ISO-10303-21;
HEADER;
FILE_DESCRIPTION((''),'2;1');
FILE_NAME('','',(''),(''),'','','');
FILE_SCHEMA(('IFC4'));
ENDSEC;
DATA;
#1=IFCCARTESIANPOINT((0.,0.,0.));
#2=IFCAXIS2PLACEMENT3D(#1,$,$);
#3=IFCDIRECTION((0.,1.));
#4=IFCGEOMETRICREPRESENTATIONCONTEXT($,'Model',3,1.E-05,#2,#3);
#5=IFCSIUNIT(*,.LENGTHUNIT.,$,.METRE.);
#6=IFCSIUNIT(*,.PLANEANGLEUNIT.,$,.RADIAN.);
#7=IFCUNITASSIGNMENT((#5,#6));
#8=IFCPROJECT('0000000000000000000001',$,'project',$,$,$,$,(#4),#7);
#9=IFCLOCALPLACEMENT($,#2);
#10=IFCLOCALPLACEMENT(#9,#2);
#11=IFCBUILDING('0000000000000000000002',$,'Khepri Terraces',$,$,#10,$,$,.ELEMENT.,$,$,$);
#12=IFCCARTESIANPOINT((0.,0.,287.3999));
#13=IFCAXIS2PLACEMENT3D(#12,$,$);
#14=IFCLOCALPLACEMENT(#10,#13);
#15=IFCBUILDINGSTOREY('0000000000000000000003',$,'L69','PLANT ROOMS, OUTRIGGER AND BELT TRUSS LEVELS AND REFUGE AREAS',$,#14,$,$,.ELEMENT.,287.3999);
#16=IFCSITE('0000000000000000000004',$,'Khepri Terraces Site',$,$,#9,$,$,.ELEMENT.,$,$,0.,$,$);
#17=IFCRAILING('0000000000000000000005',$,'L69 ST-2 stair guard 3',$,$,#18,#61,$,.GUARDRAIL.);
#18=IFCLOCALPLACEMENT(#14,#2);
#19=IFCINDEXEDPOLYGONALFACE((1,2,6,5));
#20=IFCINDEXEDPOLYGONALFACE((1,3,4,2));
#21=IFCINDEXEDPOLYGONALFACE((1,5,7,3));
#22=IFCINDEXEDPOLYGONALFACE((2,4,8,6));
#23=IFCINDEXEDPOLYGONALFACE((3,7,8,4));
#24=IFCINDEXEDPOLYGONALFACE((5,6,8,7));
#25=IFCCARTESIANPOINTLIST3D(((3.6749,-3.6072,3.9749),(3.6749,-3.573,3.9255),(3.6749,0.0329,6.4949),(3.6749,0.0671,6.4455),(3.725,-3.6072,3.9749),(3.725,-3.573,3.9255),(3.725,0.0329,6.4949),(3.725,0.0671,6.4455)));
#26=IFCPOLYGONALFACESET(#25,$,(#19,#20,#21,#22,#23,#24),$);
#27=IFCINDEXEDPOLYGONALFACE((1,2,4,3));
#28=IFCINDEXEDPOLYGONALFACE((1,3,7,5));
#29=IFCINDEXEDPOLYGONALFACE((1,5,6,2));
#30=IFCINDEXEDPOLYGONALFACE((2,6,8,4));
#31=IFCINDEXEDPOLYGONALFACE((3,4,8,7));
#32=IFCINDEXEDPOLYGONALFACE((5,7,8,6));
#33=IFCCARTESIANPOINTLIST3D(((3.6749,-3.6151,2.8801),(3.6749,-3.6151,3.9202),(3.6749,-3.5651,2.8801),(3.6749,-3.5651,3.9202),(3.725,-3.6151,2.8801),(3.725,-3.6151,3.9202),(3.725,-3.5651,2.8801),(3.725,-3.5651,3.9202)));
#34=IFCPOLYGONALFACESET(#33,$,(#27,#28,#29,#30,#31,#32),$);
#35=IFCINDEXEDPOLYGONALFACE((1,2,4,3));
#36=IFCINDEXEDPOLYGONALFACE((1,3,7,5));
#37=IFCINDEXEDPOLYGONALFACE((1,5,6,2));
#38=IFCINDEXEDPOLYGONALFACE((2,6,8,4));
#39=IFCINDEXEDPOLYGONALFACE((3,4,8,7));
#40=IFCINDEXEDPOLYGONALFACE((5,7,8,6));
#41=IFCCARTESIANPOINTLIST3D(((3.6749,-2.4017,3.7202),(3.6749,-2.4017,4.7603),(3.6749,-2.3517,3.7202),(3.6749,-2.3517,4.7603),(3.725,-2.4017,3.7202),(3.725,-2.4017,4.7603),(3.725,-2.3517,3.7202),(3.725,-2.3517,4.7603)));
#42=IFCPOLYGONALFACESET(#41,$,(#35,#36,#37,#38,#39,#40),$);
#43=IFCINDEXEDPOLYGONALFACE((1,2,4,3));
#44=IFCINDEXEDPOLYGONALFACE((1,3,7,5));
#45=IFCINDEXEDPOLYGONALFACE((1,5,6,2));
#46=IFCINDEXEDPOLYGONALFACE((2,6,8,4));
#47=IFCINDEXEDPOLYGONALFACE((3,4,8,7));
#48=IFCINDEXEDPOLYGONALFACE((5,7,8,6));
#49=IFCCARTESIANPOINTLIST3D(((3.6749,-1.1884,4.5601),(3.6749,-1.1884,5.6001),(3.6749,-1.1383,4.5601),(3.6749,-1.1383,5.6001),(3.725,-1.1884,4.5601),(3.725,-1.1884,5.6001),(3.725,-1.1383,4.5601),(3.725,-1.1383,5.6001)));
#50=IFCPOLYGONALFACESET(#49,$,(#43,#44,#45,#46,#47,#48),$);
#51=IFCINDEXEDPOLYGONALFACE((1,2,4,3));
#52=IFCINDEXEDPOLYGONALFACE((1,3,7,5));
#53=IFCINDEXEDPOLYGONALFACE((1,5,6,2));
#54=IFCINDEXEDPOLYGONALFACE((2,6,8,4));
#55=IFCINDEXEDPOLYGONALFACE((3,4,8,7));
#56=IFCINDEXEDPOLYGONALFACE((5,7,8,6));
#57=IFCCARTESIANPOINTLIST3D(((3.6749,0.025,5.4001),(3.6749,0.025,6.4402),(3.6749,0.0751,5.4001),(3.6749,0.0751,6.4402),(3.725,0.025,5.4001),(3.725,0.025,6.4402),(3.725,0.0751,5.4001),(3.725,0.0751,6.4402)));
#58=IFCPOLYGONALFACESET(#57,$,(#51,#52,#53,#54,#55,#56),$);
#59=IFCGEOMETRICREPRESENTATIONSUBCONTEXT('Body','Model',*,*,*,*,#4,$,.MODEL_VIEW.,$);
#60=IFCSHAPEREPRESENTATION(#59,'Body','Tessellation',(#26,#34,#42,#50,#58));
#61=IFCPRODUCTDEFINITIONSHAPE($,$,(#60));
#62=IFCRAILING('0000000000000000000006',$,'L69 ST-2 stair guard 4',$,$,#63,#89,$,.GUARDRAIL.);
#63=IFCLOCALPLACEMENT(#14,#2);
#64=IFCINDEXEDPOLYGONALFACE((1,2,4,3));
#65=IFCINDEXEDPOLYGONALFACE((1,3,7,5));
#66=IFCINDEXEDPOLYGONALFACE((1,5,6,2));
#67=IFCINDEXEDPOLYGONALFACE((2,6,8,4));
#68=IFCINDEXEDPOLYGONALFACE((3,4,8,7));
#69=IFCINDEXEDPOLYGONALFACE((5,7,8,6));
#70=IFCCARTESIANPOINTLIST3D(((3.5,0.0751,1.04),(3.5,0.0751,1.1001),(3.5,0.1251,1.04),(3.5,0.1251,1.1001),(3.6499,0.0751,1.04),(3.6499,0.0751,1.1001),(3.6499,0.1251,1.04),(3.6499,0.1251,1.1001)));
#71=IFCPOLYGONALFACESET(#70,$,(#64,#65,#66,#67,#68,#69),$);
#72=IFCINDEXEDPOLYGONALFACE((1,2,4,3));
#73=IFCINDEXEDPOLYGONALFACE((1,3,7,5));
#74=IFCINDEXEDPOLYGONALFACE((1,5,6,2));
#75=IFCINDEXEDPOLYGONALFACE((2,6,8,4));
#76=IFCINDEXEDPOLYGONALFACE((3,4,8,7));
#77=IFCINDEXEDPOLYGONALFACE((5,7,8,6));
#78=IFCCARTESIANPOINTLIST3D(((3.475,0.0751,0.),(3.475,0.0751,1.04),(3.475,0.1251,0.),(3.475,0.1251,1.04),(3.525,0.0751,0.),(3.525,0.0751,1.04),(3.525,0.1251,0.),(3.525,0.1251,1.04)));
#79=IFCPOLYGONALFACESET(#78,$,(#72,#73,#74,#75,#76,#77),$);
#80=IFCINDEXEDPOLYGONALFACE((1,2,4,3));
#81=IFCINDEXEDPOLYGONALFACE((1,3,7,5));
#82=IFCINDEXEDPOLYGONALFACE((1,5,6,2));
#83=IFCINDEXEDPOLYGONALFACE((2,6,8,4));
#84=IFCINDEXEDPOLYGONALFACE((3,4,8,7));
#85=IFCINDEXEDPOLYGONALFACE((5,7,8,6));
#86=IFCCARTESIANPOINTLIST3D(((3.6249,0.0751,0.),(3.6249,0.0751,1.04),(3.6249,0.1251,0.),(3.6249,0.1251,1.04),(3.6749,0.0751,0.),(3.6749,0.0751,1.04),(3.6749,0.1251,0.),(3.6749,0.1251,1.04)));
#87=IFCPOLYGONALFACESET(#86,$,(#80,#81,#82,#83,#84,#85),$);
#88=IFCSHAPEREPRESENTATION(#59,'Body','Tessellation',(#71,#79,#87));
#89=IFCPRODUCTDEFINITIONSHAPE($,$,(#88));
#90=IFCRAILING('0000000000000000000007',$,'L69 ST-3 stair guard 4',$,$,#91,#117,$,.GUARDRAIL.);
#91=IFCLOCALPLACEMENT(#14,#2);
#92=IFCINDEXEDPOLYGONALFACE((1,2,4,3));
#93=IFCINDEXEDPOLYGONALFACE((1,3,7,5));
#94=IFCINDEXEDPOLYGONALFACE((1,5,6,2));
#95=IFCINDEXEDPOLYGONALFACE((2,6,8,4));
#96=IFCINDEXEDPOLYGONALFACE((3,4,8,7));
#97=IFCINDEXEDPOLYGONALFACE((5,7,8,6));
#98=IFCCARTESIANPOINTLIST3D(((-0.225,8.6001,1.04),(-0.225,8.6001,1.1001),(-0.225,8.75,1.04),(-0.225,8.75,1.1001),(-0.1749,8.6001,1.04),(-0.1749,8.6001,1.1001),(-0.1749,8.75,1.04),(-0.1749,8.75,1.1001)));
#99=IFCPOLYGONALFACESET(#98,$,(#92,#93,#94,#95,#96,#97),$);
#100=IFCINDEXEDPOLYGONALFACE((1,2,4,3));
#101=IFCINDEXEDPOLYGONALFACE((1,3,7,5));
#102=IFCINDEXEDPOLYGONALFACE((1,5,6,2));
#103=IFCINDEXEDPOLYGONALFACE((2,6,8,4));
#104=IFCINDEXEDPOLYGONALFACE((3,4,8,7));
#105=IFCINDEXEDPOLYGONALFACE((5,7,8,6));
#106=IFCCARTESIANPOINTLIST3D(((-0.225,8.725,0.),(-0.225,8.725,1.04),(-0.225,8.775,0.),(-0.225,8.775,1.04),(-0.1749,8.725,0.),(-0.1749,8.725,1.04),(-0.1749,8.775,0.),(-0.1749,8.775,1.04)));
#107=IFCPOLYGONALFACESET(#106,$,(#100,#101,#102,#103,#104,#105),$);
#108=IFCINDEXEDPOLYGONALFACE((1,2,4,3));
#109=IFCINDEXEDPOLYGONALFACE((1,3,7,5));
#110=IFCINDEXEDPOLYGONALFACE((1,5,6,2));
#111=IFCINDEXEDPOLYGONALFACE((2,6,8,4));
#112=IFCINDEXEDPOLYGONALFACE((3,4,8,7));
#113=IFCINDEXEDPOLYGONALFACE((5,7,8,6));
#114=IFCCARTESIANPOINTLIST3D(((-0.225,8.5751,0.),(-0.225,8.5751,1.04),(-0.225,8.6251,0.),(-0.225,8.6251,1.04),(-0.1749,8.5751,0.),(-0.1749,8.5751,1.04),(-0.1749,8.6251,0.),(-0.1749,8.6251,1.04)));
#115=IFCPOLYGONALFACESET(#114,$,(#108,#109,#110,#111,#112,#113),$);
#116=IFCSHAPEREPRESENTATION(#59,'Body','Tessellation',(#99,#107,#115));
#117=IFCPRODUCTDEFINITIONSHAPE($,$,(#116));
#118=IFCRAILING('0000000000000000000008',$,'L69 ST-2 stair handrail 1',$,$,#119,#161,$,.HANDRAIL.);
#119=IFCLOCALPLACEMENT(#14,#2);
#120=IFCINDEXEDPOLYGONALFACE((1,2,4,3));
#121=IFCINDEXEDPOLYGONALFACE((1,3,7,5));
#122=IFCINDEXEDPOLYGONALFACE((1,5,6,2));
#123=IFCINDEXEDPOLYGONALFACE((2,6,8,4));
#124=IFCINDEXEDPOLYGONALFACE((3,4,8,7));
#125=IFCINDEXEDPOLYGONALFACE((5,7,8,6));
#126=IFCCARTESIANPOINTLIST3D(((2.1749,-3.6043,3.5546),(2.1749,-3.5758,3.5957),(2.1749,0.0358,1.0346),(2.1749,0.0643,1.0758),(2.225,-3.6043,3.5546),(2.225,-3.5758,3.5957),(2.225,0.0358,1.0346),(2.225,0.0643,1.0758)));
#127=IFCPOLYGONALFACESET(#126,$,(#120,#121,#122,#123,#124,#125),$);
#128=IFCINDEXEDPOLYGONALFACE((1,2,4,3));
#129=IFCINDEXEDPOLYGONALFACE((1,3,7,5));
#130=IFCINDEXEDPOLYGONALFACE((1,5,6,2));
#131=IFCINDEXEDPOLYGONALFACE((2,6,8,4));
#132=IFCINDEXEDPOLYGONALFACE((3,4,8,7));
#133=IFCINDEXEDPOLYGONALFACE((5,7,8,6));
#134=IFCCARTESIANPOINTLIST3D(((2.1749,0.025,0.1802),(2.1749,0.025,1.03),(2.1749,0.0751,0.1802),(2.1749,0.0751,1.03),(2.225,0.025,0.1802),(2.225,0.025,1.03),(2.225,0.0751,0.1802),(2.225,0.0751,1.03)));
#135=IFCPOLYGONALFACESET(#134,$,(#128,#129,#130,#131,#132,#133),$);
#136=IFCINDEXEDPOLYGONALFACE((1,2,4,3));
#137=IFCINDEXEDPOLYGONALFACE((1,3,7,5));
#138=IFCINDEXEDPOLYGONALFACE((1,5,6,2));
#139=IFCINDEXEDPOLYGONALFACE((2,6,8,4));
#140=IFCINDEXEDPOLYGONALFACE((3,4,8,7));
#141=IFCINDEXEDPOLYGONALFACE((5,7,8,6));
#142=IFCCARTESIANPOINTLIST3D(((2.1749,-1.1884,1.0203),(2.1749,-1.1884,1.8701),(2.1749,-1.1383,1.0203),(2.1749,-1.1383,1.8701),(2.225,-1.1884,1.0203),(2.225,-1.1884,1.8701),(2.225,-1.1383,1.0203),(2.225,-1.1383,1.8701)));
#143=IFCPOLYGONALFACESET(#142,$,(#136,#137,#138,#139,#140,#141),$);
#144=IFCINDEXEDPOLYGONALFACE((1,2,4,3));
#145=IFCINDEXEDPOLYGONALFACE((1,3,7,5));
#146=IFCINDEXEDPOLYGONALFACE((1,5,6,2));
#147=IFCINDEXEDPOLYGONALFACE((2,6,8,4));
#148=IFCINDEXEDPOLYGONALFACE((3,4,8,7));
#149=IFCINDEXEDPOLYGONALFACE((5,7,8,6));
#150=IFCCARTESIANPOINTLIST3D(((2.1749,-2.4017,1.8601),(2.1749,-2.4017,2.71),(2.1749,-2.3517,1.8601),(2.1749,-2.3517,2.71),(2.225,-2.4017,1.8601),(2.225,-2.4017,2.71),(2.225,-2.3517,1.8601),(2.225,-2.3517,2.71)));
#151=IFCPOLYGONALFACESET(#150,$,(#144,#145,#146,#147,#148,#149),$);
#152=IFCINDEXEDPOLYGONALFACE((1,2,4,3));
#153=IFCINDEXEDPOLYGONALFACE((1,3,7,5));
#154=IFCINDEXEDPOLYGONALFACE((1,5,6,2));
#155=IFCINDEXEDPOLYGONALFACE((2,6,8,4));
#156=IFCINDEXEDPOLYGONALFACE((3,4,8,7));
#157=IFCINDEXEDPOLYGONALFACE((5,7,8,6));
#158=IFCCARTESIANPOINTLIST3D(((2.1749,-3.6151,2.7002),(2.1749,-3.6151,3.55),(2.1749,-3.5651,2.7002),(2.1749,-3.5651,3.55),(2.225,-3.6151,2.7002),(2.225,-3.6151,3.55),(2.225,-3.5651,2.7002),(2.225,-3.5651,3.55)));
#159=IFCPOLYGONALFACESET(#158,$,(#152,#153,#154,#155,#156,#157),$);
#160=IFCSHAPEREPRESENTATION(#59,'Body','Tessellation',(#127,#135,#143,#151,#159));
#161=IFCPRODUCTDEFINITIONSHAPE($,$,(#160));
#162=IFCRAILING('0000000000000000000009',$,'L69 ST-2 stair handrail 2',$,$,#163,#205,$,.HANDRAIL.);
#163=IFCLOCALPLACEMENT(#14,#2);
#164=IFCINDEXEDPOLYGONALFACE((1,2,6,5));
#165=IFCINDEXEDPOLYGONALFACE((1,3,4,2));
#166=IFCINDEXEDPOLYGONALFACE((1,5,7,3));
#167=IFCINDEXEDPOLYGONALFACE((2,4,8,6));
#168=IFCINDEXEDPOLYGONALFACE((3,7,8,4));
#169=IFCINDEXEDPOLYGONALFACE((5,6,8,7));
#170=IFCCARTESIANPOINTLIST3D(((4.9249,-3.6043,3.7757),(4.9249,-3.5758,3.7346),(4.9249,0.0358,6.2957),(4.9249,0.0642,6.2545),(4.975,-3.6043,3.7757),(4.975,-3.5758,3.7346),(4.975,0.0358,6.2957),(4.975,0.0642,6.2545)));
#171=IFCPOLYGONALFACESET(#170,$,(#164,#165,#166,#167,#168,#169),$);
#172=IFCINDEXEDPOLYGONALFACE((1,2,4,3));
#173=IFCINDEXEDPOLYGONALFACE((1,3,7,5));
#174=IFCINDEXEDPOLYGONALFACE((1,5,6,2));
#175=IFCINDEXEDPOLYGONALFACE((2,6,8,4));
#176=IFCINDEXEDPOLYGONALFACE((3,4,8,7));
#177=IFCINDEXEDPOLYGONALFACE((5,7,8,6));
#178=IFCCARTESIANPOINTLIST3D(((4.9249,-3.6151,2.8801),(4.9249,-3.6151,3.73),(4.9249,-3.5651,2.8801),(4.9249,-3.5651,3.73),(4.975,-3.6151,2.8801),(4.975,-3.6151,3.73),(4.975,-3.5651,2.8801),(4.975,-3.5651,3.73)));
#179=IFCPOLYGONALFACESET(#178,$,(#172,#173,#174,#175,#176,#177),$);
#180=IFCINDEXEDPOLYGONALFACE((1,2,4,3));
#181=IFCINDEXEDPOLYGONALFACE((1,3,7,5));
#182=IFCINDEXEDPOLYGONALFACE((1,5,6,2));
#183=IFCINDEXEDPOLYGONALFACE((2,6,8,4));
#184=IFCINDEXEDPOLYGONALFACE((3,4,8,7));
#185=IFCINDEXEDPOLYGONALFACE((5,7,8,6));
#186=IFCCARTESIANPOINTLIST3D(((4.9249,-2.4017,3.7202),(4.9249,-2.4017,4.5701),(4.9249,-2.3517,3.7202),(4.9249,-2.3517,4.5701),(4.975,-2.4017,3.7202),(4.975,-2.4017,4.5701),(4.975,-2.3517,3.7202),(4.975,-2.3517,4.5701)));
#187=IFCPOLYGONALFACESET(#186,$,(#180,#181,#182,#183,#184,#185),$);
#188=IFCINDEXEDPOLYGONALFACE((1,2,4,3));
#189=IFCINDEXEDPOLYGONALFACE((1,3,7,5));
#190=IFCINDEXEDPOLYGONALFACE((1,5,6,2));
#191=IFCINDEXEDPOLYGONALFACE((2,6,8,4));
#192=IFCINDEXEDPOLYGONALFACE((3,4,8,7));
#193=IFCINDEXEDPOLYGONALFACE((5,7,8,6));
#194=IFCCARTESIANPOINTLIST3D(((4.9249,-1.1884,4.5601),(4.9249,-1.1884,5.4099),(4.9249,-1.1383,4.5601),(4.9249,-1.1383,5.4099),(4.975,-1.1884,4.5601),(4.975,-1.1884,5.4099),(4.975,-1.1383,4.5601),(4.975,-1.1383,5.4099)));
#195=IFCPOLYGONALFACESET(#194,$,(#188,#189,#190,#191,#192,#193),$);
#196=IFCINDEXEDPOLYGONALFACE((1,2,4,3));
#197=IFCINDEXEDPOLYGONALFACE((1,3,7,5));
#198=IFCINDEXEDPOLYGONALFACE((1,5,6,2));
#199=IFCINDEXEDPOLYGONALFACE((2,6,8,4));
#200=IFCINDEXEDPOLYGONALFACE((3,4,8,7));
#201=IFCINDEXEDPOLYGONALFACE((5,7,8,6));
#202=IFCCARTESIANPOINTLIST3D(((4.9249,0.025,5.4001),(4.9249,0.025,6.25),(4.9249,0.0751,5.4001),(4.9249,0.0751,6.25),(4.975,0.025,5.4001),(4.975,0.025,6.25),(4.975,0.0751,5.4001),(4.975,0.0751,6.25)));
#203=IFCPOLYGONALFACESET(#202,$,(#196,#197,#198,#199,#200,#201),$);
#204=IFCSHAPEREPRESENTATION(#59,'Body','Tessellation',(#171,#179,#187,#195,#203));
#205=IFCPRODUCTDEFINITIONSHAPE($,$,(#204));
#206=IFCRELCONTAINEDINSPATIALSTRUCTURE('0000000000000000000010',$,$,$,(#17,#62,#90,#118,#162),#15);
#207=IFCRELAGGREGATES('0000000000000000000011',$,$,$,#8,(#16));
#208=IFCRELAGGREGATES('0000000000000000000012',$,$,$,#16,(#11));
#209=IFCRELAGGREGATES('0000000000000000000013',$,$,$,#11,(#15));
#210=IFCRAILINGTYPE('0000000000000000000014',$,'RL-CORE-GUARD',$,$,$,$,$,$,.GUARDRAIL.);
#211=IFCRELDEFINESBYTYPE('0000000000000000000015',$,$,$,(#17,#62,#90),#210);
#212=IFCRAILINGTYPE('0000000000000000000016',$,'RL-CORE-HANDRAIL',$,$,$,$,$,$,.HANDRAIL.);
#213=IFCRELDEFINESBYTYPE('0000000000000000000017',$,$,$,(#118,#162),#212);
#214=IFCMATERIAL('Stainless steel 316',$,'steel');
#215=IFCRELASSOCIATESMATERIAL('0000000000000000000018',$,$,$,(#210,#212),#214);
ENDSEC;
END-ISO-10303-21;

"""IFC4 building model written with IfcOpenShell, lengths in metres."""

from ifc_helpers import new_model, si_unit, direction, frame, origin, origin_2d, place, context, subcontext, project, spatial, rectangle, extrude, material, type_object, element, save


model = new_model("IFC4")

# Units and contexts
model_context = context("Model", 3, precision=1e-05, world=origin(), true_north=direction((0.0, 1.0)))
body_context = subcontext(model_context, "Body", "Model", "MODEL_VIEW")
ifc_project = project(units=[si_unit("LENGTHUNIT", "METRE"), si_unit("PLANEANGLEUNIT", "RADIAN")], contexts=[model_context])

# Site, building, storey
site_placement = place(None, origin())
site = spatial("IfcSite", under=ifc_project, at=site_placement, Name="Khepri Terraces Site", CompositionType="ELEMENT", RefElevation=0.0)
building_placement = place(site_placement, origin())
building = spatial("IfcBuilding", under=site, at=building_placement, Name="Khepri Terraces", CompositionType="ELEMENT")
storey_placement = place(building_placement, frame((0.0, 0.0, 287.3999)))
storey = spatial("IfcBuildingStorey", under=building, at=storey_placement, Name="L69", Description="PLANT ROOMS, OUTRIGGER AND BELT TRUSS LEVELS AND REFUGE AREAS", CompositionType="ELEMENT", Elevation=287.3999)

# Railings
ifc_material_1 = material(Name="Stainless steel 316", Category="steel")
railing_type_1 = type_object("IfcRailingType", Name="RL-CORE-GUARD", PredefinedType="GUARDRAIL", material=ifc_material_1)
railing_1_placement = place(storey_placement, frame((3.7, -3.5901, 2.8801)))
element("IfcRailing", 1, at=railing_1_placement, inside=storey, type_object=railing_type_1, Name="L69 ST-2 stair guard 3", PredefinedType="GUARDRAIL", context=body_context, shape_type="SweptSolid", body=[
    extrude(rectangle(XDim=0.05, YDim=0.0601, at=origin_2d()), frame((0.0, 0.0, 1.0701), z_axis=(0.0, 0.8222, 0.569199), x_axis=(-1.0, 0.0, 0.0)), (0.0, 0.0, 1.0), 4.4272),
    extrude(rectangle(XDim=0.05, YDim=0.05, at=origin_2d()), origin(), (0.0, 0.0, 1.0), 1.04),
    extrude(rectangle(XDim=0.05, YDim=0.05, at=origin_2d()), frame((0.0, 1.2134, 0.8401)), (0.0, 0.0, 1.0), 1.04),
    extrude(rectangle(XDim=0.05, YDim=0.05, at=origin_2d()), frame((0.0, 2.4268, 1.6799)), (0.0, 0.0, 1.0), 1.04),
    extrude(rectangle(XDim=0.05, YDim=0.05, at=origin_2d()), frame((0.0, 3.6401, 2.52)), (0.0, 0.0, 1.0), 1.04),
])
railing_2_placement = place(storey_placement, frame((3.5, 0.1001, 0.0)))
element("IfcRailing", 2, at=railing_2_placement, inside=storey, type_object=railing_type_1, Name="L69 ST-2 stair guard 4", PredefinedType="GUARDRAIL", context=body_context, shape_type="SweptSolid", body=[
    extrude(rectangle(XDim=0.05, YDim=0.0601, at=origin_2d()), frame((0.0, 0.0, 1.0701), z_axis=(1.0, 0.0, 0.0), x_axis=(0.0, 1.0, 0.0)), (0.0, 0.0, 1.0), 0.1499),
    extrude(rectangle(XDim=0.05, YDim=0.05, at=origin_2d()), origin(), (0.0, 0.0, 1.0), 1.04),
    extrude(rectangle(XDim=0.05, YDim=0.05, at=origin_2d()), frame((0.1499, 0.0, 0.0)), (0.0, 0.0, 1.0), 1.04),
])
railing_3_placement = place(storey_placement, frame((-0.2, 8.75, 0.0)))
element("IfcRailing", 3, at=railing_3_placement, inside=storey, type_object=railing_type_1, Name="L69 ST-3 stair guard 4", PredefinedType="GUARDRAIL", context=body_context, shape_type="SweptSolid", body=[
    extrude(rectangle(XDim=0.05, YDim=0.0601, at=origin_2d()), frame((0.0, 0.0, 1.0701), z_axis=(0.0, -1.0, 0.0), x_axis=(1.0, 0.0, 0.0)), (0.0, 0.0, 1.0), 0.1499),
    extrude(rectangle(XDim=0.05, YDim=0.05, at=origin_2d()), origin(), (0.0, 0.0, 1.0), 1.04),
    extrude(rectangle(XDim=0.05, YDim=0.05, at=origin_2d()), frame((0.0, -0.1499, 0.0)), (0.0, 0.0, 1.0), 1.04),
])
railing_type_2 = type_object("IfcRailingType", Name="RL-CORE-HANDRAIL", PredefinedType="HANDRAIL", material=ifc_material_1)
railing_4_placement = place(storey_placement, frame((2.2, 0.05, 0.1802)))
element("IfcRailing", 4, at=railing_4_placement, inside=storey, type_object=railing_type_2, Name="L69 ST-2 stair handrail 1", PredefinedType="HANDRAIL", context=body_context, shape_type="SweptSolid", body=[
    extrude(rectangle(XDim=0.05, YDim=0.05, at=origin_2d()), frame((0.0, 0.0, 0.875), z_axis=(0.0, -0.8222, 0.569199), x_axis=(1.0, 0.0, 0.0)), (0.0, 0.0, 1.0), 4.4272),
    extrude(rectangle(XDim=0.05, YDim=0.05, at=origin_2d()), origin(), (0.0, 0.0, 1.0), 0.8499),
    extrude(rectangle(XDim=0.05, YDim=0.05, at=origin_2d()), frame((0.0, -1.2134, 0.8401)), (0.0, 0.0, 1.0), 0.8499),
    extrude(rectangle(XDim=0.05, YDim=0.05, at=origin_2d()), frame((0.0, -2.4268, 1.6799)), (0.0, 0.0, 1.0), 0.8499),
    extrude(rectangle(XDim=0.05, YDim=0.05, at=origin_2d()), frame((0.0, -3.6401, 2.52)), (0.0, 0.0, 1.0), 0.8499),
])
railing_5_placement = place(storey_placement, frame((4.95, -3.5901, 2.8801)))
element("IfcRailing", 5, at=railing_5_placement, inside=storey, type_object=railing_type_2, Name="L69 ST-2 stair handrail 2", PredefinedType="HANDRAIL", context=body_context, shape_type="SweptSolid", body=[
    extrude(rectangle(XDim=0.05, YDim=0.05, at=origin_2d()), frame((0.0, 0.0, 0.875), z_axis=(0.0, 0.8222, 0.569199), x_axis=(-1.0, 0.0, 0.0)), (0.0, 0.0, 1.0), 4.4272),
    extrude(rectangle(XDim=0.05, YDim=0.05, at=origin_2d()), origin(), (0.0, 0.0, 1.0), 0.8499),
    extrude(rectangle(XDim=0.05, YDim=0.05, at=origin_2d()), frame((0.0, 1.2134, 0.8401)), (0.0, 0.0, 1.0), 0.8499),
    extrude(rectangle(XDim=0.05, YDim=0.05, at=origin_2d()), frame((0.0, 2.4268, 1.6799)), (0.0, 0.0, 1.0), 0.8499),
    extrude(rectangle(XDim=0.05, YDim=0.05, at=origin_2d()), frame((0.0, 3.6401, 2.52)), (0.0, 0.0, 1.0), 0.8499),
])

save(model, "model.ifc")
